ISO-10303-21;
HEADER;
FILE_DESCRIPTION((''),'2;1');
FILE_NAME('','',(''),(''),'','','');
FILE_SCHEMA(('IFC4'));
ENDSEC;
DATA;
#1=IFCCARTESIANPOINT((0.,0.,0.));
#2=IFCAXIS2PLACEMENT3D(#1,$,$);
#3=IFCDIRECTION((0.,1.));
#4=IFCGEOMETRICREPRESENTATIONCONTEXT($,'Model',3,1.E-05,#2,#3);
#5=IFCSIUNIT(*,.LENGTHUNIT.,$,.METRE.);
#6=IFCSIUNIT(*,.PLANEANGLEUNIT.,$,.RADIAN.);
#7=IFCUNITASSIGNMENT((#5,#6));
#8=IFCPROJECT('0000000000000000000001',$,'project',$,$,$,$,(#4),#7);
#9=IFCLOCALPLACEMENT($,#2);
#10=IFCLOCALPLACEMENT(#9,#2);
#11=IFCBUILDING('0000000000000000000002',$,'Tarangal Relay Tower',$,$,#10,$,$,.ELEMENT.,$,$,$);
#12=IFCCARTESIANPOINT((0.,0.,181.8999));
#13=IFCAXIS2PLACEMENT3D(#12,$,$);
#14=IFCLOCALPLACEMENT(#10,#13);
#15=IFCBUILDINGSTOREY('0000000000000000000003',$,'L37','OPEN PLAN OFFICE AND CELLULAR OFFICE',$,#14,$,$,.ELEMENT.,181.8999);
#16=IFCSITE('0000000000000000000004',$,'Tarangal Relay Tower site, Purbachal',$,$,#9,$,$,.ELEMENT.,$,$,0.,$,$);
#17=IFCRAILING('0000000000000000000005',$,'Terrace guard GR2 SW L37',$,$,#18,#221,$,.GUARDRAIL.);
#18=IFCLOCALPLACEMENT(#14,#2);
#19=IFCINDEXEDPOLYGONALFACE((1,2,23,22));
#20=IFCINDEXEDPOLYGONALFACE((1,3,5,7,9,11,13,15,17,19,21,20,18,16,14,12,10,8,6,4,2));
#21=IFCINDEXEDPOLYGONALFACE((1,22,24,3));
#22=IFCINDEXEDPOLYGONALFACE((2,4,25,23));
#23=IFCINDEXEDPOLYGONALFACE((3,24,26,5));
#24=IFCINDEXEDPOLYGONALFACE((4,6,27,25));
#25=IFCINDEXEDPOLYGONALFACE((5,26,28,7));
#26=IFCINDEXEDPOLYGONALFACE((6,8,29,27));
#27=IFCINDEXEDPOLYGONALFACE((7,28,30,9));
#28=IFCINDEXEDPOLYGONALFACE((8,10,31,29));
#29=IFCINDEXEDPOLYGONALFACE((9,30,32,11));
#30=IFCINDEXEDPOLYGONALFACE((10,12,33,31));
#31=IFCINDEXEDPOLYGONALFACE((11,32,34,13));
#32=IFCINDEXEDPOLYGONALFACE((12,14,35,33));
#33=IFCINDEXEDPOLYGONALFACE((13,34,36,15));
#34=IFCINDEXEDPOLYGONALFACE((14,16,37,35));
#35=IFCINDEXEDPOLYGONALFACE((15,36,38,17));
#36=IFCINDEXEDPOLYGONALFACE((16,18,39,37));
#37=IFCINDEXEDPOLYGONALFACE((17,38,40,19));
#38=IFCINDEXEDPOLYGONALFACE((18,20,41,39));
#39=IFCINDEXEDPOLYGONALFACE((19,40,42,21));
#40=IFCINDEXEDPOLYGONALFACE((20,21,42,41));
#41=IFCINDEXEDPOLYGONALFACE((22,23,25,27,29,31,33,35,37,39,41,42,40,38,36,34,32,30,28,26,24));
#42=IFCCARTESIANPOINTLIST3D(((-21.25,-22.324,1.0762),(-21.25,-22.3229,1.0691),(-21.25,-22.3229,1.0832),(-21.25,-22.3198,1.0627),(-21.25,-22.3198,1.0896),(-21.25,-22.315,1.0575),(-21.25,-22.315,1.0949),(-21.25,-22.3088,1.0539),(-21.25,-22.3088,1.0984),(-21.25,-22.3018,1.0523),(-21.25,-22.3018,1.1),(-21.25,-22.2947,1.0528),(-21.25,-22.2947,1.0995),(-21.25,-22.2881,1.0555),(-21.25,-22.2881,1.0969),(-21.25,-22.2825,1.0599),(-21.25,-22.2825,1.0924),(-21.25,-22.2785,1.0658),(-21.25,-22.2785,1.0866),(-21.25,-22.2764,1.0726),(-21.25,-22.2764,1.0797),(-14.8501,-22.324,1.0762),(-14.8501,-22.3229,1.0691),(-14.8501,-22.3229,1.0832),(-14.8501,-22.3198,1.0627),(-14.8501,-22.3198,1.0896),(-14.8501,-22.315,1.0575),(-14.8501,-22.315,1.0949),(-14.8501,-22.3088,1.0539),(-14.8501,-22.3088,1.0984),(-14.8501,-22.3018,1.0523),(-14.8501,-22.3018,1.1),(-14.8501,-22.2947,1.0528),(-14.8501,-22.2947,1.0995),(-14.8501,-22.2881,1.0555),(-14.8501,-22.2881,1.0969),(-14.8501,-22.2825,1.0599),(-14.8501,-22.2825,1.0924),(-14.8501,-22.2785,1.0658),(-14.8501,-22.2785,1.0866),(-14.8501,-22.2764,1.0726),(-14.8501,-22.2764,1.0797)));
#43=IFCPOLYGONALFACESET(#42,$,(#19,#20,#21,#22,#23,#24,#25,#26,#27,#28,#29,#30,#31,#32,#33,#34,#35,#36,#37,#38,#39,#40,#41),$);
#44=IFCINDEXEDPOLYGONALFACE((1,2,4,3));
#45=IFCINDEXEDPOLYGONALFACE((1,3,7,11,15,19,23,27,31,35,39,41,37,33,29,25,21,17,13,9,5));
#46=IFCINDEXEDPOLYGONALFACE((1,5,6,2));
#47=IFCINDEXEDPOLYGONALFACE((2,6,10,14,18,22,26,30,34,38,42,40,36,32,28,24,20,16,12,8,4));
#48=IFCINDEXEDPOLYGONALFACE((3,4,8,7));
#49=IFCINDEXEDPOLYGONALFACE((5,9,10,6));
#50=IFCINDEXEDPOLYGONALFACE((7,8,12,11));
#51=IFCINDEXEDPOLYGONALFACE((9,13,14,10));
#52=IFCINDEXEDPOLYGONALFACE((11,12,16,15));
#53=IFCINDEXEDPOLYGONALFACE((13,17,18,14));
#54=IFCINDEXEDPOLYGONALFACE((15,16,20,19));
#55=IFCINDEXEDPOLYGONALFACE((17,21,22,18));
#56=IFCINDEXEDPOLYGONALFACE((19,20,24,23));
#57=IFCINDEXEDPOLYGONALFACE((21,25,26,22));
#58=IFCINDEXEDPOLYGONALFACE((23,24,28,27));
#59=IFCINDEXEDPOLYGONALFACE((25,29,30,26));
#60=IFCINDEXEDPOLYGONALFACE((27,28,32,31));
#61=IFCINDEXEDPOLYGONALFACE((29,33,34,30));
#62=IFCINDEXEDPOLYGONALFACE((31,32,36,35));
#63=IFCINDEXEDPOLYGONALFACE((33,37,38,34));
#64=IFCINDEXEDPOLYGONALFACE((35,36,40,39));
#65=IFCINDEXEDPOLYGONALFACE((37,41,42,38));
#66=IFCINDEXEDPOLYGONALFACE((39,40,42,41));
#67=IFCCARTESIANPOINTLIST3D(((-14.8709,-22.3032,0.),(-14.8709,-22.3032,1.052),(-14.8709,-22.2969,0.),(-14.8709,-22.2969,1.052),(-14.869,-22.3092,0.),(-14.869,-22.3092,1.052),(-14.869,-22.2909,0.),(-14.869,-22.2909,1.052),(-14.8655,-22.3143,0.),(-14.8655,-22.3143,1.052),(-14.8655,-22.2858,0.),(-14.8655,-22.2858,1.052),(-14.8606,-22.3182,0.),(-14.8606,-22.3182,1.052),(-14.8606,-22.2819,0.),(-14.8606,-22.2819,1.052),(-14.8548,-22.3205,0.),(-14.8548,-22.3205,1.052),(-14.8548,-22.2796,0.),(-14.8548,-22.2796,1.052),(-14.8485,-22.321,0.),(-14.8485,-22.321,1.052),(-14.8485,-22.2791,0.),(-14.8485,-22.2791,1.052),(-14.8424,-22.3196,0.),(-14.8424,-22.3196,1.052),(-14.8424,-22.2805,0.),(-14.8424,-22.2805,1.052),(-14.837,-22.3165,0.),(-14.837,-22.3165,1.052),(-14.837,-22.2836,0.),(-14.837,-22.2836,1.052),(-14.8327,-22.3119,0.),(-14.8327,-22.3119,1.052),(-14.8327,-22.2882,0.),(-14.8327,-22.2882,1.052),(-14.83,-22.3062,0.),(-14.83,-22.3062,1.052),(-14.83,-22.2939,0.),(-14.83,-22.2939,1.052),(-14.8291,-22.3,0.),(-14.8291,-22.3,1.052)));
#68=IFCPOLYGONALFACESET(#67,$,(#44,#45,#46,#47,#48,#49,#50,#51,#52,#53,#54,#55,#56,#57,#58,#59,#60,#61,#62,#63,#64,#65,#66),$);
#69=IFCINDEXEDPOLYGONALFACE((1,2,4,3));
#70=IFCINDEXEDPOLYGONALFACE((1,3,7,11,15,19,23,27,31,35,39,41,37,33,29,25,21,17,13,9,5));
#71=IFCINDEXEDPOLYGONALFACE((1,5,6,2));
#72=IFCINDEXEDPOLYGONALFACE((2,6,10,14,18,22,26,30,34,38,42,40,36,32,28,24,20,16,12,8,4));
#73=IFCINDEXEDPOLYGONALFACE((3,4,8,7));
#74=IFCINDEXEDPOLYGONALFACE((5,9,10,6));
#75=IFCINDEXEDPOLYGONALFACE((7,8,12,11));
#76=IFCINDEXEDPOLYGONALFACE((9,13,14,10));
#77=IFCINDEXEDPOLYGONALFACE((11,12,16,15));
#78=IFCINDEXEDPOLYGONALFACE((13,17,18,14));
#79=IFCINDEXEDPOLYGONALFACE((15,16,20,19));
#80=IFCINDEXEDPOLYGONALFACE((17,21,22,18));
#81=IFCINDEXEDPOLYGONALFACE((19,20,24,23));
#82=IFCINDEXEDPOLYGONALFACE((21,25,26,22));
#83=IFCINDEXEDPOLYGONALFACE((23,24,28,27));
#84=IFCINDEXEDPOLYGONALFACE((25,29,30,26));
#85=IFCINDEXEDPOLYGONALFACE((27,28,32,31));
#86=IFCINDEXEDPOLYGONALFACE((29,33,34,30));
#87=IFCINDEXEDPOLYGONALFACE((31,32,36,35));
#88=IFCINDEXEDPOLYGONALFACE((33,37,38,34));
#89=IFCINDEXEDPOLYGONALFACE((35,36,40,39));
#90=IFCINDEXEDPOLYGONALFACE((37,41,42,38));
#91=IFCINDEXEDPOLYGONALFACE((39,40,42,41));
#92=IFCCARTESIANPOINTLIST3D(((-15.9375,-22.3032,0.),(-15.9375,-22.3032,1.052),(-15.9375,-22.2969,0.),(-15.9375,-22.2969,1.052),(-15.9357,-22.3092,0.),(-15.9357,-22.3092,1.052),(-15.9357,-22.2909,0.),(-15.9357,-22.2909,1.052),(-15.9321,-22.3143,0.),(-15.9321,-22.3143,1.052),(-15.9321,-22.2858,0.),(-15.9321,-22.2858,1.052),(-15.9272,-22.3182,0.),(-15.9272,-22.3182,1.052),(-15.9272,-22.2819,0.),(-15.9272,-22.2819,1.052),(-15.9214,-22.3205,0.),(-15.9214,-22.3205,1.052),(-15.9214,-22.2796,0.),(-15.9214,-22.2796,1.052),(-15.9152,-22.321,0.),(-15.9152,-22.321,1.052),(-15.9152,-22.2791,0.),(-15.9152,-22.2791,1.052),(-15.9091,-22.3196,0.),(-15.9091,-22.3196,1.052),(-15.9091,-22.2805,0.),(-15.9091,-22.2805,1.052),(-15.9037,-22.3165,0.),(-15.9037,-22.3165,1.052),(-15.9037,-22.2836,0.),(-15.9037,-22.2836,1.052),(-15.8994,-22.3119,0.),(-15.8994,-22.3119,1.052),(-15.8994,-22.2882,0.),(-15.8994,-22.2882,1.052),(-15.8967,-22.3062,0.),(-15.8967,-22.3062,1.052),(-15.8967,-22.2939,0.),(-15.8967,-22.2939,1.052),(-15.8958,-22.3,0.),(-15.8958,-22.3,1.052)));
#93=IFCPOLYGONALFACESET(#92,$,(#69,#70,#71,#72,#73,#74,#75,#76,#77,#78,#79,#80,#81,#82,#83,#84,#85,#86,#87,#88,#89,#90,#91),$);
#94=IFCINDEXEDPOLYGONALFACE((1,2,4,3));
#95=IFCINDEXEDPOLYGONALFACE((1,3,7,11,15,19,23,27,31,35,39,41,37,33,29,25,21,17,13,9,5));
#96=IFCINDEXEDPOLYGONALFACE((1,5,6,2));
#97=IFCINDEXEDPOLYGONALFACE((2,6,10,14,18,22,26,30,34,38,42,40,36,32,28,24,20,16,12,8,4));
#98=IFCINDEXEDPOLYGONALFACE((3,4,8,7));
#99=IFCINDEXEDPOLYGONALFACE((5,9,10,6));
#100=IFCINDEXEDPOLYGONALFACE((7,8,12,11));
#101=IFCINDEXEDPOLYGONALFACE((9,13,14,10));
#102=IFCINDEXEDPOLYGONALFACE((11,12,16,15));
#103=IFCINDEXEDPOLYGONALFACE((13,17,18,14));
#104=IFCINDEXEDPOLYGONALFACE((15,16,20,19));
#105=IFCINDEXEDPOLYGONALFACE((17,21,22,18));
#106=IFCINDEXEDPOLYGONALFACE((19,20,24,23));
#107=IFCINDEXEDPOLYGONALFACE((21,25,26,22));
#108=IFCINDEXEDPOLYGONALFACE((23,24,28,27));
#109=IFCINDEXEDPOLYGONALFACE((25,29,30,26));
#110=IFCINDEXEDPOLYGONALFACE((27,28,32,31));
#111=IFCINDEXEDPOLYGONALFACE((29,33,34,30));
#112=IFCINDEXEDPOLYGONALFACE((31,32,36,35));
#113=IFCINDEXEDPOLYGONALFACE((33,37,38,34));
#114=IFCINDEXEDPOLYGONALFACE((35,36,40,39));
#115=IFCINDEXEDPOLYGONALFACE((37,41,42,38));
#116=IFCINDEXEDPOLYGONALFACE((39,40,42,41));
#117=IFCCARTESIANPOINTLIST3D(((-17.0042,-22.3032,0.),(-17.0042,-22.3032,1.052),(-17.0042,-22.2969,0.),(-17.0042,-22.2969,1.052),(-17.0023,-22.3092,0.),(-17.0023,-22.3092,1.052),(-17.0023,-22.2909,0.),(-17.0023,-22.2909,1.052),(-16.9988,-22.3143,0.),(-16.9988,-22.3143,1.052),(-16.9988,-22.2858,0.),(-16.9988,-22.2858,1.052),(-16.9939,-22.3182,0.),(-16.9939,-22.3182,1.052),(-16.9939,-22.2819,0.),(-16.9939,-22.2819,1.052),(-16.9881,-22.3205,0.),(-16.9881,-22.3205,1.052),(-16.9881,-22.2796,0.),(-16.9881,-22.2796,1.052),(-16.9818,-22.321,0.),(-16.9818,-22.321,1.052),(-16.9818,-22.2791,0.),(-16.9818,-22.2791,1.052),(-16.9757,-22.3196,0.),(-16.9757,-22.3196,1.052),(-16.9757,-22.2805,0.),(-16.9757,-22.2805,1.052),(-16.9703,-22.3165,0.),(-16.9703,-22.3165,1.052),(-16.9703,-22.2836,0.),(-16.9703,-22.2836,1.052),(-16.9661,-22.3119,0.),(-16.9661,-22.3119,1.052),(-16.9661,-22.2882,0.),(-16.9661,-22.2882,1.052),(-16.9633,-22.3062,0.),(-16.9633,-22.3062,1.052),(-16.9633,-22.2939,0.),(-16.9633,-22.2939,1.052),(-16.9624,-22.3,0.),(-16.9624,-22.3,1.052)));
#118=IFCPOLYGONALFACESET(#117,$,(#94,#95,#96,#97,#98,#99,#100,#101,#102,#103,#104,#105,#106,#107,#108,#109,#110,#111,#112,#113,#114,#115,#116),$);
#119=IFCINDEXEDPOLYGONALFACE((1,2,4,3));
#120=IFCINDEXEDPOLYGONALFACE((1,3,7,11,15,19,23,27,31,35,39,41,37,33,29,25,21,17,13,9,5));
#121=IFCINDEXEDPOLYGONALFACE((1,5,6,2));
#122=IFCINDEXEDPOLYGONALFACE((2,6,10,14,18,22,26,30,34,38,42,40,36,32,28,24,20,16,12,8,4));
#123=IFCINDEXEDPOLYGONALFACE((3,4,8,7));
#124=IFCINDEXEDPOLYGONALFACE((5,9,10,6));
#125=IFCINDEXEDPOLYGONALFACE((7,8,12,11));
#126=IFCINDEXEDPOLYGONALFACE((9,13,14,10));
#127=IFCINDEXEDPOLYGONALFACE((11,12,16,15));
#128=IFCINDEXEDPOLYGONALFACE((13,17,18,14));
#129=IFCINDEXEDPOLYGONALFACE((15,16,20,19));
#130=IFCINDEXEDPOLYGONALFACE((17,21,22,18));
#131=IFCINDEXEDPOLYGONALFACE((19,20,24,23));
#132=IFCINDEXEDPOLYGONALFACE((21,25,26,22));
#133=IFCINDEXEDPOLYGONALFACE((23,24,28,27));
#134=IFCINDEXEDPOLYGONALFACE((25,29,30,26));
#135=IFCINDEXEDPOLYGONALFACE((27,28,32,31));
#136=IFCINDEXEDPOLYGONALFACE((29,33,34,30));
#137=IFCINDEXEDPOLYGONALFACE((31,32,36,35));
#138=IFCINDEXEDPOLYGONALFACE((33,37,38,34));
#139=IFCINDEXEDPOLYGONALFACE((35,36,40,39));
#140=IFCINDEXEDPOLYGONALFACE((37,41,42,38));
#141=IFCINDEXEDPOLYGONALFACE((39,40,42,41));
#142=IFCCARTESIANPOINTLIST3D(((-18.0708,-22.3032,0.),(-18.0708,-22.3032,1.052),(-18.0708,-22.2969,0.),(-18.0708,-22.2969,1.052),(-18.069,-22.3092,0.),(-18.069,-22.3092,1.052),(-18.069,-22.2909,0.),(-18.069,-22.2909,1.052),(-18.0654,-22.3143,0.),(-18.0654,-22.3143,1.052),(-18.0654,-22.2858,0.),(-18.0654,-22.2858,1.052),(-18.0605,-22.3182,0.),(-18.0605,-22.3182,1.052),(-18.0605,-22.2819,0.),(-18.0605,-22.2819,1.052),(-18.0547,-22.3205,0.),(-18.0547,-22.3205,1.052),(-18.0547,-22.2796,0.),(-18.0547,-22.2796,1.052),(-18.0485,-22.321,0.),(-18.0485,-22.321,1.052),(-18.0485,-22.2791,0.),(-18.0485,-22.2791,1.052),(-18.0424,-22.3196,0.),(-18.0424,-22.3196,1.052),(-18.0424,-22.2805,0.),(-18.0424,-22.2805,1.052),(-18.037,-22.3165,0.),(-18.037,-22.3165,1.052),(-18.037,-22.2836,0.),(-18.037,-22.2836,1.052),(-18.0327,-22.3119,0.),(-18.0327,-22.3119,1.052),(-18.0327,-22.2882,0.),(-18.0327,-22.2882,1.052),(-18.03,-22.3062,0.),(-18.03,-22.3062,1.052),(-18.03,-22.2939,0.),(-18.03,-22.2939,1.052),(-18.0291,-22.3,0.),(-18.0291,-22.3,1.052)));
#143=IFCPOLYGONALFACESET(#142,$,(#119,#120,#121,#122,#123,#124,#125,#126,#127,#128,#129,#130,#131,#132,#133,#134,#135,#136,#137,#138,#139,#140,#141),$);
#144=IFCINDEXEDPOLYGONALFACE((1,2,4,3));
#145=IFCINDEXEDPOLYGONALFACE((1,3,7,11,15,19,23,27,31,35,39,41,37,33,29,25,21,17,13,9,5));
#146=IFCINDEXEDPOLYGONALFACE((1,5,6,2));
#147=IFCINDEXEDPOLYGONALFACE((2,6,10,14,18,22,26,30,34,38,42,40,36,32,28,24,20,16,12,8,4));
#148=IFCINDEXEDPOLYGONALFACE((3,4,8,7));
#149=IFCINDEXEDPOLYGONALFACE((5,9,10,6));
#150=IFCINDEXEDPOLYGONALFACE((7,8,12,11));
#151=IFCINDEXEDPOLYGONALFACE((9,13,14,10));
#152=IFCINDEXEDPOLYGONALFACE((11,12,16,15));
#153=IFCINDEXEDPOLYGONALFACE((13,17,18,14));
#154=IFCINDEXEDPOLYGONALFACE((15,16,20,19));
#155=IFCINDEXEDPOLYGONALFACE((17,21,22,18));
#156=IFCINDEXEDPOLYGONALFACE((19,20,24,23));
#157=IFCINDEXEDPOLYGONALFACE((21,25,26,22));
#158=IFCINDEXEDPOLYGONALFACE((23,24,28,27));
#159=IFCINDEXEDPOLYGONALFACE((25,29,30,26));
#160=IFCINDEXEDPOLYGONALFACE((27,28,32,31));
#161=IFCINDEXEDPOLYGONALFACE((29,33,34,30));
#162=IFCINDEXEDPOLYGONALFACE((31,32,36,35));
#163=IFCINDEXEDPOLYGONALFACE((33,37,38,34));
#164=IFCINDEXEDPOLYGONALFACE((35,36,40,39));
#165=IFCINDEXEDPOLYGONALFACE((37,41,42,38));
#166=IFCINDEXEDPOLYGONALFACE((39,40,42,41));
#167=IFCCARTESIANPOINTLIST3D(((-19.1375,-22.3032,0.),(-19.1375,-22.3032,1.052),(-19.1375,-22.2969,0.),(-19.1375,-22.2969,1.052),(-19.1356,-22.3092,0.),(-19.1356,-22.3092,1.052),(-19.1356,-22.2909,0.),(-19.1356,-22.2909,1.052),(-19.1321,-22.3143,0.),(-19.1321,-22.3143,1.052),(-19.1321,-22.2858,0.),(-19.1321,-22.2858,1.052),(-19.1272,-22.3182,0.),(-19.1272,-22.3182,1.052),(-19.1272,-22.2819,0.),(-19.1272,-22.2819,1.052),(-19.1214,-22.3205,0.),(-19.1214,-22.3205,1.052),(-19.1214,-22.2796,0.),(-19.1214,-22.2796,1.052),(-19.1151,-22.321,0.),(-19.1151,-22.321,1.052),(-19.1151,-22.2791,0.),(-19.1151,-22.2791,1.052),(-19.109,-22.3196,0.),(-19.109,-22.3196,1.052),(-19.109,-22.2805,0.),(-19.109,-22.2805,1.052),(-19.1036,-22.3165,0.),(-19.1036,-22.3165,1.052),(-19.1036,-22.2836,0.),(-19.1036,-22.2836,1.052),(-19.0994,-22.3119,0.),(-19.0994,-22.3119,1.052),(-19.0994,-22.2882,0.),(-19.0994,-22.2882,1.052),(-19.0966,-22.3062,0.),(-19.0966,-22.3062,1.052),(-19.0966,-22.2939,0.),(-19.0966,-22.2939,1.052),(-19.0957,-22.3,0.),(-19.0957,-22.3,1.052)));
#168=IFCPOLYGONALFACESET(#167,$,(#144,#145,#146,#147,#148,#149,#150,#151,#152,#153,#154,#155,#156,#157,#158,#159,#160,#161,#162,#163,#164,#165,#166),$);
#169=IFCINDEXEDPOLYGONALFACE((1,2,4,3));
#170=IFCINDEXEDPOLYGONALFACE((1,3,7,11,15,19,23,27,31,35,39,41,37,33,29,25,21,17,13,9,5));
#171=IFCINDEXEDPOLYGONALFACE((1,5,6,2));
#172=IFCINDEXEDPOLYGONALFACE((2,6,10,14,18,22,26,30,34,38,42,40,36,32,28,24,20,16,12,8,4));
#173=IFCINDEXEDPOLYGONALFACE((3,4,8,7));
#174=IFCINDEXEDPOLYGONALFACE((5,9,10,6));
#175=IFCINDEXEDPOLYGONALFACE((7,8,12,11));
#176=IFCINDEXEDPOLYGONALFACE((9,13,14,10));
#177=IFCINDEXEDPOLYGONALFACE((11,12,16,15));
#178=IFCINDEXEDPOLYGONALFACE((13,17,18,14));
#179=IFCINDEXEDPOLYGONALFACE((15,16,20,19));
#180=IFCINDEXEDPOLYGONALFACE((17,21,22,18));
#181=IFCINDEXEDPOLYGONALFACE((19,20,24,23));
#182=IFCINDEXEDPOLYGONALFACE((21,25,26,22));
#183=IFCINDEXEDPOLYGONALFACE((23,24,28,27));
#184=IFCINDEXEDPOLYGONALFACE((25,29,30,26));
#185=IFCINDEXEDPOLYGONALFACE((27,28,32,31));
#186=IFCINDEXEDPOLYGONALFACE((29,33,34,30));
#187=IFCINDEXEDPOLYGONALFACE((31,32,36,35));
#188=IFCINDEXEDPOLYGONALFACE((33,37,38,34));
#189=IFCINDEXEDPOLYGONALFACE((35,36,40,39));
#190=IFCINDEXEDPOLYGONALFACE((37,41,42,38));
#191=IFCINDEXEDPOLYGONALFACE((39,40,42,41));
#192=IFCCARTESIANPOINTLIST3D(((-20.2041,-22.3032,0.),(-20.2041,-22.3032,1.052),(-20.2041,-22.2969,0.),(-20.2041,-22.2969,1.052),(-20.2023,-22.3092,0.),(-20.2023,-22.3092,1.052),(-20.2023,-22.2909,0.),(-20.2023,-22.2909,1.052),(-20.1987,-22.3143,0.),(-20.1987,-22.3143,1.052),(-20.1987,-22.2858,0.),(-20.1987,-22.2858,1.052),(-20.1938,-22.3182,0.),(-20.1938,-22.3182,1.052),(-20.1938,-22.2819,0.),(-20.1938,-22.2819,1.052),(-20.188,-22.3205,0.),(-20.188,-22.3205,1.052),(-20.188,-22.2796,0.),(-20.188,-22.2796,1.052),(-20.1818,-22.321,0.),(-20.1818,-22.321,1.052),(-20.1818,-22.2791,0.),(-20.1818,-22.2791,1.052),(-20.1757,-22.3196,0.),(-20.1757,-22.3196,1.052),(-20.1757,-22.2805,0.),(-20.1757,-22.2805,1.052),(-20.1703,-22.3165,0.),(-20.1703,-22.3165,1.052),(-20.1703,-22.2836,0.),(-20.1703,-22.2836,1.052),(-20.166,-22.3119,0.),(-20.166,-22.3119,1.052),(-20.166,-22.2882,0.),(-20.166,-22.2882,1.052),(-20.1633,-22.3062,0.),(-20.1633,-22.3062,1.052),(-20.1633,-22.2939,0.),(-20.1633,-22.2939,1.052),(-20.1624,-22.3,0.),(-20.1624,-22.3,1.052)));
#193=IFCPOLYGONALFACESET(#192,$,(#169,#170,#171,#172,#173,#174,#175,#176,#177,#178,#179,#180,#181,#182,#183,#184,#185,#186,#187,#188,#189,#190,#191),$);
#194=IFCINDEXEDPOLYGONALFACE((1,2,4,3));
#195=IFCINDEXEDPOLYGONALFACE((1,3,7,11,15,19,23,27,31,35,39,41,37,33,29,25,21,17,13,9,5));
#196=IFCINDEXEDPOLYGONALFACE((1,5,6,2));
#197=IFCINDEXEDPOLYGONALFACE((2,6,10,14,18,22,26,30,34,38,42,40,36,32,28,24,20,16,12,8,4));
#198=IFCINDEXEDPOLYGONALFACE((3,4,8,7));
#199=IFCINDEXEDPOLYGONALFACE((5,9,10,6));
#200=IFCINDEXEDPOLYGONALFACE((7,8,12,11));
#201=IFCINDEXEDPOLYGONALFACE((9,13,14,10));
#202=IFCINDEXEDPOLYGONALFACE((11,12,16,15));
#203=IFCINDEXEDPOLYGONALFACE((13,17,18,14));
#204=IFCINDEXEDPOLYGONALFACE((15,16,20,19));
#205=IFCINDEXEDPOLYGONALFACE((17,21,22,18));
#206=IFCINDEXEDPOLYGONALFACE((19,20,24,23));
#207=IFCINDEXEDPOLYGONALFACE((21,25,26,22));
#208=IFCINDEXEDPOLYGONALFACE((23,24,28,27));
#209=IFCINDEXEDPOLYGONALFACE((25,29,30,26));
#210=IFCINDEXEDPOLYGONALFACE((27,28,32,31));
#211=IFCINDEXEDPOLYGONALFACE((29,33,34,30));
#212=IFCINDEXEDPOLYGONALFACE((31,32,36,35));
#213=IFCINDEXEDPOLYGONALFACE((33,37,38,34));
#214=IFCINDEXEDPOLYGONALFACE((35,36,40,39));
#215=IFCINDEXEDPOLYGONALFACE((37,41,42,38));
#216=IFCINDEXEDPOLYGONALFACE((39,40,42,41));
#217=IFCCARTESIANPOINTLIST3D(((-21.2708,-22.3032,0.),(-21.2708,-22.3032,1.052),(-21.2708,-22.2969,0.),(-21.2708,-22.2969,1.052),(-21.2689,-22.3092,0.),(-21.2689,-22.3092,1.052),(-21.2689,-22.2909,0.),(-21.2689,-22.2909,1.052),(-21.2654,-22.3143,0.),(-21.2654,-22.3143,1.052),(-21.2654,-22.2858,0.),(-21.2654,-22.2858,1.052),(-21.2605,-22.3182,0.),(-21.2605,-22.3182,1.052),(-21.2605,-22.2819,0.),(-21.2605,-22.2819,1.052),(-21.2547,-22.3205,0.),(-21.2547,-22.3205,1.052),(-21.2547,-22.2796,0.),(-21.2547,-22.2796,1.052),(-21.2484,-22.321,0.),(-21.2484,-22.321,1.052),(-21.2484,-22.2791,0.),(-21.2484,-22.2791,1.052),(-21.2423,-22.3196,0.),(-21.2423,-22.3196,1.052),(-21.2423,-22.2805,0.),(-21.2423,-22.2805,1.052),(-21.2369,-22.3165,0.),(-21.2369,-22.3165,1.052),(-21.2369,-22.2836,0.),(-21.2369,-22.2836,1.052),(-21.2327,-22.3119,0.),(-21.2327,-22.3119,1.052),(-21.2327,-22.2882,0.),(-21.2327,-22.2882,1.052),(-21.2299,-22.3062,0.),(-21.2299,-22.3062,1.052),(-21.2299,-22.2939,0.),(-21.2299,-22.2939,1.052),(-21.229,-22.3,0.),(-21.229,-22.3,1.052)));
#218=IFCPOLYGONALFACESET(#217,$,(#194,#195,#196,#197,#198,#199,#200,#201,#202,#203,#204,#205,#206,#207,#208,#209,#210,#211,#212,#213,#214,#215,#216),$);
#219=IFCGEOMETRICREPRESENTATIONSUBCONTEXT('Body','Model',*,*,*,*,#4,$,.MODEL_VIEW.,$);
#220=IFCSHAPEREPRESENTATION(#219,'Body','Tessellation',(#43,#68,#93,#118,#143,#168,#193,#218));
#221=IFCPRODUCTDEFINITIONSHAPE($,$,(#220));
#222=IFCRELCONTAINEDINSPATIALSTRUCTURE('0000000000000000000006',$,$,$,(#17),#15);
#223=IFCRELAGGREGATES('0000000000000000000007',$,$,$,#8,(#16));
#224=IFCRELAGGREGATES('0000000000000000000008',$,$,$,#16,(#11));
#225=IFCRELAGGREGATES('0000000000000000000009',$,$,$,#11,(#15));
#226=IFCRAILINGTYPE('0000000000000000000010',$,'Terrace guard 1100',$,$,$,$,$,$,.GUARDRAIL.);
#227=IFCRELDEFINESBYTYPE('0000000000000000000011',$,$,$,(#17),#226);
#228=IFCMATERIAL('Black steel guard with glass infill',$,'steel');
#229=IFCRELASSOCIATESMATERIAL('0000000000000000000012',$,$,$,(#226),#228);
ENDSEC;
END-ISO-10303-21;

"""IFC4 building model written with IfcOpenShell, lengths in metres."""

from ifc_helpers import new_model, si_unit, direction, frame, origin, origin_2d, place, context, subcontext, project, spatial, circle, extrude, material, type_object, element, save


model = new_model("IFC4")

# Units and contexts
model_context = context("Model", 3, precision=1e-05, world=origin(), true_north=direction((0.0, 1.0)))
body_context = subcontext(model_context, "Body", "Model", "MODEL_VIEW")
ifc_project = project(units=[si_unit("LENGTHUNIT", "METRE"), si_unit("PLANEANGLEUNIT", "RADIAN")], contexts=[model_context])

# Site, building, storey
site_placement = place(None, origin())
site = spatial("IfcSite", under=ifc_project, at=site_placement, Name="Tarangal Relay Tower site, Purbachal", CompositionType="ELEMENT", RefElevation=0.0)
building_placement = place(site_placement, origin())
building = spatial("IfcBuilding", under=site, at=building_placement, Name="Tarangal Relay Tower", CompositionType="ELEMENT")
storey_placement = place(building_placement, frame((0.0, 0.0, 181.8999)))
storey = spatial("IfcBuildingStorey", under=building, at=storey_placement, Name="L37", Description="OPEN PLAN OFFICE AND CELLULAR OFFICE", CompositionType="ELEMENT", Elevation=181.8999)

# Railing
ifc_material_1 = material(Name="Black steel guard with glass infill", Category="steel")
railing_type = type_object("IfcRailingType", Name="Terrace guard 1100", PredefinedType="GUARDRAIL", material=ifc_material_1)
railing_1_placement = place(storey_placement, frame((-14.8501, -22.3, 0.0)))
element("IfcRailing", 1, at=railing_1_placement, inside=storey, type_object=railing_type, Name="Terrace guard GR2 SW L37", PredefinedType="GUARDRAIL", context=body_context, shape_type="SweptSolid", body=[
    extrude(circle(Radius=0.0239, at=origin_2d()), frame((0.0, 0.0, 1.0762), z_axis=(-1.0, 0.0, 0.0), x_axis=(0.0, -1.0, 0.0)), (0.0, 0.0, 1.0), 6.3999),
    extrude(circle(Radius=0.021, at=origin_2d()), origin(), (0.0, 0.0, 1.0), 1.052),
    extrude(circle(Radius=0.021, at=origin_2d()), frame((-1.0667, 0.0, 0.0)), (0.0, 0.0, 1.0), 1.052),
    extrude(circle(Radius=0.021, at=origin_2d()), frame((-2.1333, 0.0, 0.0)), (0.0, 0.0, 1.0), 1.052),
    extrude(circle(Radius=0.021, at=origin_2d()), frame((-3.2, 0.0, 0.0)), (0.0, 0.0, 1.0), 1.052),
    extrude(circle(Radius=0.021, at=origin_2d()), frame((-4.2666, 0.0, 0.0)), (0.0, 0.0, 1.0), 1.052),
    extrude(circle(Radius=0.021, at=origin_2d()), frame((-5.3333, 0.0, 0.0)), (0.0, 0.0, 1.0), 1.052),
    extrude(circle(Radius=0.021, at=origin_2d()), frame((-6.3999, 0.0, 0.0)), (0.0, 0.0, 1.0), 1.052),
])

save(model, "model.ifc")
